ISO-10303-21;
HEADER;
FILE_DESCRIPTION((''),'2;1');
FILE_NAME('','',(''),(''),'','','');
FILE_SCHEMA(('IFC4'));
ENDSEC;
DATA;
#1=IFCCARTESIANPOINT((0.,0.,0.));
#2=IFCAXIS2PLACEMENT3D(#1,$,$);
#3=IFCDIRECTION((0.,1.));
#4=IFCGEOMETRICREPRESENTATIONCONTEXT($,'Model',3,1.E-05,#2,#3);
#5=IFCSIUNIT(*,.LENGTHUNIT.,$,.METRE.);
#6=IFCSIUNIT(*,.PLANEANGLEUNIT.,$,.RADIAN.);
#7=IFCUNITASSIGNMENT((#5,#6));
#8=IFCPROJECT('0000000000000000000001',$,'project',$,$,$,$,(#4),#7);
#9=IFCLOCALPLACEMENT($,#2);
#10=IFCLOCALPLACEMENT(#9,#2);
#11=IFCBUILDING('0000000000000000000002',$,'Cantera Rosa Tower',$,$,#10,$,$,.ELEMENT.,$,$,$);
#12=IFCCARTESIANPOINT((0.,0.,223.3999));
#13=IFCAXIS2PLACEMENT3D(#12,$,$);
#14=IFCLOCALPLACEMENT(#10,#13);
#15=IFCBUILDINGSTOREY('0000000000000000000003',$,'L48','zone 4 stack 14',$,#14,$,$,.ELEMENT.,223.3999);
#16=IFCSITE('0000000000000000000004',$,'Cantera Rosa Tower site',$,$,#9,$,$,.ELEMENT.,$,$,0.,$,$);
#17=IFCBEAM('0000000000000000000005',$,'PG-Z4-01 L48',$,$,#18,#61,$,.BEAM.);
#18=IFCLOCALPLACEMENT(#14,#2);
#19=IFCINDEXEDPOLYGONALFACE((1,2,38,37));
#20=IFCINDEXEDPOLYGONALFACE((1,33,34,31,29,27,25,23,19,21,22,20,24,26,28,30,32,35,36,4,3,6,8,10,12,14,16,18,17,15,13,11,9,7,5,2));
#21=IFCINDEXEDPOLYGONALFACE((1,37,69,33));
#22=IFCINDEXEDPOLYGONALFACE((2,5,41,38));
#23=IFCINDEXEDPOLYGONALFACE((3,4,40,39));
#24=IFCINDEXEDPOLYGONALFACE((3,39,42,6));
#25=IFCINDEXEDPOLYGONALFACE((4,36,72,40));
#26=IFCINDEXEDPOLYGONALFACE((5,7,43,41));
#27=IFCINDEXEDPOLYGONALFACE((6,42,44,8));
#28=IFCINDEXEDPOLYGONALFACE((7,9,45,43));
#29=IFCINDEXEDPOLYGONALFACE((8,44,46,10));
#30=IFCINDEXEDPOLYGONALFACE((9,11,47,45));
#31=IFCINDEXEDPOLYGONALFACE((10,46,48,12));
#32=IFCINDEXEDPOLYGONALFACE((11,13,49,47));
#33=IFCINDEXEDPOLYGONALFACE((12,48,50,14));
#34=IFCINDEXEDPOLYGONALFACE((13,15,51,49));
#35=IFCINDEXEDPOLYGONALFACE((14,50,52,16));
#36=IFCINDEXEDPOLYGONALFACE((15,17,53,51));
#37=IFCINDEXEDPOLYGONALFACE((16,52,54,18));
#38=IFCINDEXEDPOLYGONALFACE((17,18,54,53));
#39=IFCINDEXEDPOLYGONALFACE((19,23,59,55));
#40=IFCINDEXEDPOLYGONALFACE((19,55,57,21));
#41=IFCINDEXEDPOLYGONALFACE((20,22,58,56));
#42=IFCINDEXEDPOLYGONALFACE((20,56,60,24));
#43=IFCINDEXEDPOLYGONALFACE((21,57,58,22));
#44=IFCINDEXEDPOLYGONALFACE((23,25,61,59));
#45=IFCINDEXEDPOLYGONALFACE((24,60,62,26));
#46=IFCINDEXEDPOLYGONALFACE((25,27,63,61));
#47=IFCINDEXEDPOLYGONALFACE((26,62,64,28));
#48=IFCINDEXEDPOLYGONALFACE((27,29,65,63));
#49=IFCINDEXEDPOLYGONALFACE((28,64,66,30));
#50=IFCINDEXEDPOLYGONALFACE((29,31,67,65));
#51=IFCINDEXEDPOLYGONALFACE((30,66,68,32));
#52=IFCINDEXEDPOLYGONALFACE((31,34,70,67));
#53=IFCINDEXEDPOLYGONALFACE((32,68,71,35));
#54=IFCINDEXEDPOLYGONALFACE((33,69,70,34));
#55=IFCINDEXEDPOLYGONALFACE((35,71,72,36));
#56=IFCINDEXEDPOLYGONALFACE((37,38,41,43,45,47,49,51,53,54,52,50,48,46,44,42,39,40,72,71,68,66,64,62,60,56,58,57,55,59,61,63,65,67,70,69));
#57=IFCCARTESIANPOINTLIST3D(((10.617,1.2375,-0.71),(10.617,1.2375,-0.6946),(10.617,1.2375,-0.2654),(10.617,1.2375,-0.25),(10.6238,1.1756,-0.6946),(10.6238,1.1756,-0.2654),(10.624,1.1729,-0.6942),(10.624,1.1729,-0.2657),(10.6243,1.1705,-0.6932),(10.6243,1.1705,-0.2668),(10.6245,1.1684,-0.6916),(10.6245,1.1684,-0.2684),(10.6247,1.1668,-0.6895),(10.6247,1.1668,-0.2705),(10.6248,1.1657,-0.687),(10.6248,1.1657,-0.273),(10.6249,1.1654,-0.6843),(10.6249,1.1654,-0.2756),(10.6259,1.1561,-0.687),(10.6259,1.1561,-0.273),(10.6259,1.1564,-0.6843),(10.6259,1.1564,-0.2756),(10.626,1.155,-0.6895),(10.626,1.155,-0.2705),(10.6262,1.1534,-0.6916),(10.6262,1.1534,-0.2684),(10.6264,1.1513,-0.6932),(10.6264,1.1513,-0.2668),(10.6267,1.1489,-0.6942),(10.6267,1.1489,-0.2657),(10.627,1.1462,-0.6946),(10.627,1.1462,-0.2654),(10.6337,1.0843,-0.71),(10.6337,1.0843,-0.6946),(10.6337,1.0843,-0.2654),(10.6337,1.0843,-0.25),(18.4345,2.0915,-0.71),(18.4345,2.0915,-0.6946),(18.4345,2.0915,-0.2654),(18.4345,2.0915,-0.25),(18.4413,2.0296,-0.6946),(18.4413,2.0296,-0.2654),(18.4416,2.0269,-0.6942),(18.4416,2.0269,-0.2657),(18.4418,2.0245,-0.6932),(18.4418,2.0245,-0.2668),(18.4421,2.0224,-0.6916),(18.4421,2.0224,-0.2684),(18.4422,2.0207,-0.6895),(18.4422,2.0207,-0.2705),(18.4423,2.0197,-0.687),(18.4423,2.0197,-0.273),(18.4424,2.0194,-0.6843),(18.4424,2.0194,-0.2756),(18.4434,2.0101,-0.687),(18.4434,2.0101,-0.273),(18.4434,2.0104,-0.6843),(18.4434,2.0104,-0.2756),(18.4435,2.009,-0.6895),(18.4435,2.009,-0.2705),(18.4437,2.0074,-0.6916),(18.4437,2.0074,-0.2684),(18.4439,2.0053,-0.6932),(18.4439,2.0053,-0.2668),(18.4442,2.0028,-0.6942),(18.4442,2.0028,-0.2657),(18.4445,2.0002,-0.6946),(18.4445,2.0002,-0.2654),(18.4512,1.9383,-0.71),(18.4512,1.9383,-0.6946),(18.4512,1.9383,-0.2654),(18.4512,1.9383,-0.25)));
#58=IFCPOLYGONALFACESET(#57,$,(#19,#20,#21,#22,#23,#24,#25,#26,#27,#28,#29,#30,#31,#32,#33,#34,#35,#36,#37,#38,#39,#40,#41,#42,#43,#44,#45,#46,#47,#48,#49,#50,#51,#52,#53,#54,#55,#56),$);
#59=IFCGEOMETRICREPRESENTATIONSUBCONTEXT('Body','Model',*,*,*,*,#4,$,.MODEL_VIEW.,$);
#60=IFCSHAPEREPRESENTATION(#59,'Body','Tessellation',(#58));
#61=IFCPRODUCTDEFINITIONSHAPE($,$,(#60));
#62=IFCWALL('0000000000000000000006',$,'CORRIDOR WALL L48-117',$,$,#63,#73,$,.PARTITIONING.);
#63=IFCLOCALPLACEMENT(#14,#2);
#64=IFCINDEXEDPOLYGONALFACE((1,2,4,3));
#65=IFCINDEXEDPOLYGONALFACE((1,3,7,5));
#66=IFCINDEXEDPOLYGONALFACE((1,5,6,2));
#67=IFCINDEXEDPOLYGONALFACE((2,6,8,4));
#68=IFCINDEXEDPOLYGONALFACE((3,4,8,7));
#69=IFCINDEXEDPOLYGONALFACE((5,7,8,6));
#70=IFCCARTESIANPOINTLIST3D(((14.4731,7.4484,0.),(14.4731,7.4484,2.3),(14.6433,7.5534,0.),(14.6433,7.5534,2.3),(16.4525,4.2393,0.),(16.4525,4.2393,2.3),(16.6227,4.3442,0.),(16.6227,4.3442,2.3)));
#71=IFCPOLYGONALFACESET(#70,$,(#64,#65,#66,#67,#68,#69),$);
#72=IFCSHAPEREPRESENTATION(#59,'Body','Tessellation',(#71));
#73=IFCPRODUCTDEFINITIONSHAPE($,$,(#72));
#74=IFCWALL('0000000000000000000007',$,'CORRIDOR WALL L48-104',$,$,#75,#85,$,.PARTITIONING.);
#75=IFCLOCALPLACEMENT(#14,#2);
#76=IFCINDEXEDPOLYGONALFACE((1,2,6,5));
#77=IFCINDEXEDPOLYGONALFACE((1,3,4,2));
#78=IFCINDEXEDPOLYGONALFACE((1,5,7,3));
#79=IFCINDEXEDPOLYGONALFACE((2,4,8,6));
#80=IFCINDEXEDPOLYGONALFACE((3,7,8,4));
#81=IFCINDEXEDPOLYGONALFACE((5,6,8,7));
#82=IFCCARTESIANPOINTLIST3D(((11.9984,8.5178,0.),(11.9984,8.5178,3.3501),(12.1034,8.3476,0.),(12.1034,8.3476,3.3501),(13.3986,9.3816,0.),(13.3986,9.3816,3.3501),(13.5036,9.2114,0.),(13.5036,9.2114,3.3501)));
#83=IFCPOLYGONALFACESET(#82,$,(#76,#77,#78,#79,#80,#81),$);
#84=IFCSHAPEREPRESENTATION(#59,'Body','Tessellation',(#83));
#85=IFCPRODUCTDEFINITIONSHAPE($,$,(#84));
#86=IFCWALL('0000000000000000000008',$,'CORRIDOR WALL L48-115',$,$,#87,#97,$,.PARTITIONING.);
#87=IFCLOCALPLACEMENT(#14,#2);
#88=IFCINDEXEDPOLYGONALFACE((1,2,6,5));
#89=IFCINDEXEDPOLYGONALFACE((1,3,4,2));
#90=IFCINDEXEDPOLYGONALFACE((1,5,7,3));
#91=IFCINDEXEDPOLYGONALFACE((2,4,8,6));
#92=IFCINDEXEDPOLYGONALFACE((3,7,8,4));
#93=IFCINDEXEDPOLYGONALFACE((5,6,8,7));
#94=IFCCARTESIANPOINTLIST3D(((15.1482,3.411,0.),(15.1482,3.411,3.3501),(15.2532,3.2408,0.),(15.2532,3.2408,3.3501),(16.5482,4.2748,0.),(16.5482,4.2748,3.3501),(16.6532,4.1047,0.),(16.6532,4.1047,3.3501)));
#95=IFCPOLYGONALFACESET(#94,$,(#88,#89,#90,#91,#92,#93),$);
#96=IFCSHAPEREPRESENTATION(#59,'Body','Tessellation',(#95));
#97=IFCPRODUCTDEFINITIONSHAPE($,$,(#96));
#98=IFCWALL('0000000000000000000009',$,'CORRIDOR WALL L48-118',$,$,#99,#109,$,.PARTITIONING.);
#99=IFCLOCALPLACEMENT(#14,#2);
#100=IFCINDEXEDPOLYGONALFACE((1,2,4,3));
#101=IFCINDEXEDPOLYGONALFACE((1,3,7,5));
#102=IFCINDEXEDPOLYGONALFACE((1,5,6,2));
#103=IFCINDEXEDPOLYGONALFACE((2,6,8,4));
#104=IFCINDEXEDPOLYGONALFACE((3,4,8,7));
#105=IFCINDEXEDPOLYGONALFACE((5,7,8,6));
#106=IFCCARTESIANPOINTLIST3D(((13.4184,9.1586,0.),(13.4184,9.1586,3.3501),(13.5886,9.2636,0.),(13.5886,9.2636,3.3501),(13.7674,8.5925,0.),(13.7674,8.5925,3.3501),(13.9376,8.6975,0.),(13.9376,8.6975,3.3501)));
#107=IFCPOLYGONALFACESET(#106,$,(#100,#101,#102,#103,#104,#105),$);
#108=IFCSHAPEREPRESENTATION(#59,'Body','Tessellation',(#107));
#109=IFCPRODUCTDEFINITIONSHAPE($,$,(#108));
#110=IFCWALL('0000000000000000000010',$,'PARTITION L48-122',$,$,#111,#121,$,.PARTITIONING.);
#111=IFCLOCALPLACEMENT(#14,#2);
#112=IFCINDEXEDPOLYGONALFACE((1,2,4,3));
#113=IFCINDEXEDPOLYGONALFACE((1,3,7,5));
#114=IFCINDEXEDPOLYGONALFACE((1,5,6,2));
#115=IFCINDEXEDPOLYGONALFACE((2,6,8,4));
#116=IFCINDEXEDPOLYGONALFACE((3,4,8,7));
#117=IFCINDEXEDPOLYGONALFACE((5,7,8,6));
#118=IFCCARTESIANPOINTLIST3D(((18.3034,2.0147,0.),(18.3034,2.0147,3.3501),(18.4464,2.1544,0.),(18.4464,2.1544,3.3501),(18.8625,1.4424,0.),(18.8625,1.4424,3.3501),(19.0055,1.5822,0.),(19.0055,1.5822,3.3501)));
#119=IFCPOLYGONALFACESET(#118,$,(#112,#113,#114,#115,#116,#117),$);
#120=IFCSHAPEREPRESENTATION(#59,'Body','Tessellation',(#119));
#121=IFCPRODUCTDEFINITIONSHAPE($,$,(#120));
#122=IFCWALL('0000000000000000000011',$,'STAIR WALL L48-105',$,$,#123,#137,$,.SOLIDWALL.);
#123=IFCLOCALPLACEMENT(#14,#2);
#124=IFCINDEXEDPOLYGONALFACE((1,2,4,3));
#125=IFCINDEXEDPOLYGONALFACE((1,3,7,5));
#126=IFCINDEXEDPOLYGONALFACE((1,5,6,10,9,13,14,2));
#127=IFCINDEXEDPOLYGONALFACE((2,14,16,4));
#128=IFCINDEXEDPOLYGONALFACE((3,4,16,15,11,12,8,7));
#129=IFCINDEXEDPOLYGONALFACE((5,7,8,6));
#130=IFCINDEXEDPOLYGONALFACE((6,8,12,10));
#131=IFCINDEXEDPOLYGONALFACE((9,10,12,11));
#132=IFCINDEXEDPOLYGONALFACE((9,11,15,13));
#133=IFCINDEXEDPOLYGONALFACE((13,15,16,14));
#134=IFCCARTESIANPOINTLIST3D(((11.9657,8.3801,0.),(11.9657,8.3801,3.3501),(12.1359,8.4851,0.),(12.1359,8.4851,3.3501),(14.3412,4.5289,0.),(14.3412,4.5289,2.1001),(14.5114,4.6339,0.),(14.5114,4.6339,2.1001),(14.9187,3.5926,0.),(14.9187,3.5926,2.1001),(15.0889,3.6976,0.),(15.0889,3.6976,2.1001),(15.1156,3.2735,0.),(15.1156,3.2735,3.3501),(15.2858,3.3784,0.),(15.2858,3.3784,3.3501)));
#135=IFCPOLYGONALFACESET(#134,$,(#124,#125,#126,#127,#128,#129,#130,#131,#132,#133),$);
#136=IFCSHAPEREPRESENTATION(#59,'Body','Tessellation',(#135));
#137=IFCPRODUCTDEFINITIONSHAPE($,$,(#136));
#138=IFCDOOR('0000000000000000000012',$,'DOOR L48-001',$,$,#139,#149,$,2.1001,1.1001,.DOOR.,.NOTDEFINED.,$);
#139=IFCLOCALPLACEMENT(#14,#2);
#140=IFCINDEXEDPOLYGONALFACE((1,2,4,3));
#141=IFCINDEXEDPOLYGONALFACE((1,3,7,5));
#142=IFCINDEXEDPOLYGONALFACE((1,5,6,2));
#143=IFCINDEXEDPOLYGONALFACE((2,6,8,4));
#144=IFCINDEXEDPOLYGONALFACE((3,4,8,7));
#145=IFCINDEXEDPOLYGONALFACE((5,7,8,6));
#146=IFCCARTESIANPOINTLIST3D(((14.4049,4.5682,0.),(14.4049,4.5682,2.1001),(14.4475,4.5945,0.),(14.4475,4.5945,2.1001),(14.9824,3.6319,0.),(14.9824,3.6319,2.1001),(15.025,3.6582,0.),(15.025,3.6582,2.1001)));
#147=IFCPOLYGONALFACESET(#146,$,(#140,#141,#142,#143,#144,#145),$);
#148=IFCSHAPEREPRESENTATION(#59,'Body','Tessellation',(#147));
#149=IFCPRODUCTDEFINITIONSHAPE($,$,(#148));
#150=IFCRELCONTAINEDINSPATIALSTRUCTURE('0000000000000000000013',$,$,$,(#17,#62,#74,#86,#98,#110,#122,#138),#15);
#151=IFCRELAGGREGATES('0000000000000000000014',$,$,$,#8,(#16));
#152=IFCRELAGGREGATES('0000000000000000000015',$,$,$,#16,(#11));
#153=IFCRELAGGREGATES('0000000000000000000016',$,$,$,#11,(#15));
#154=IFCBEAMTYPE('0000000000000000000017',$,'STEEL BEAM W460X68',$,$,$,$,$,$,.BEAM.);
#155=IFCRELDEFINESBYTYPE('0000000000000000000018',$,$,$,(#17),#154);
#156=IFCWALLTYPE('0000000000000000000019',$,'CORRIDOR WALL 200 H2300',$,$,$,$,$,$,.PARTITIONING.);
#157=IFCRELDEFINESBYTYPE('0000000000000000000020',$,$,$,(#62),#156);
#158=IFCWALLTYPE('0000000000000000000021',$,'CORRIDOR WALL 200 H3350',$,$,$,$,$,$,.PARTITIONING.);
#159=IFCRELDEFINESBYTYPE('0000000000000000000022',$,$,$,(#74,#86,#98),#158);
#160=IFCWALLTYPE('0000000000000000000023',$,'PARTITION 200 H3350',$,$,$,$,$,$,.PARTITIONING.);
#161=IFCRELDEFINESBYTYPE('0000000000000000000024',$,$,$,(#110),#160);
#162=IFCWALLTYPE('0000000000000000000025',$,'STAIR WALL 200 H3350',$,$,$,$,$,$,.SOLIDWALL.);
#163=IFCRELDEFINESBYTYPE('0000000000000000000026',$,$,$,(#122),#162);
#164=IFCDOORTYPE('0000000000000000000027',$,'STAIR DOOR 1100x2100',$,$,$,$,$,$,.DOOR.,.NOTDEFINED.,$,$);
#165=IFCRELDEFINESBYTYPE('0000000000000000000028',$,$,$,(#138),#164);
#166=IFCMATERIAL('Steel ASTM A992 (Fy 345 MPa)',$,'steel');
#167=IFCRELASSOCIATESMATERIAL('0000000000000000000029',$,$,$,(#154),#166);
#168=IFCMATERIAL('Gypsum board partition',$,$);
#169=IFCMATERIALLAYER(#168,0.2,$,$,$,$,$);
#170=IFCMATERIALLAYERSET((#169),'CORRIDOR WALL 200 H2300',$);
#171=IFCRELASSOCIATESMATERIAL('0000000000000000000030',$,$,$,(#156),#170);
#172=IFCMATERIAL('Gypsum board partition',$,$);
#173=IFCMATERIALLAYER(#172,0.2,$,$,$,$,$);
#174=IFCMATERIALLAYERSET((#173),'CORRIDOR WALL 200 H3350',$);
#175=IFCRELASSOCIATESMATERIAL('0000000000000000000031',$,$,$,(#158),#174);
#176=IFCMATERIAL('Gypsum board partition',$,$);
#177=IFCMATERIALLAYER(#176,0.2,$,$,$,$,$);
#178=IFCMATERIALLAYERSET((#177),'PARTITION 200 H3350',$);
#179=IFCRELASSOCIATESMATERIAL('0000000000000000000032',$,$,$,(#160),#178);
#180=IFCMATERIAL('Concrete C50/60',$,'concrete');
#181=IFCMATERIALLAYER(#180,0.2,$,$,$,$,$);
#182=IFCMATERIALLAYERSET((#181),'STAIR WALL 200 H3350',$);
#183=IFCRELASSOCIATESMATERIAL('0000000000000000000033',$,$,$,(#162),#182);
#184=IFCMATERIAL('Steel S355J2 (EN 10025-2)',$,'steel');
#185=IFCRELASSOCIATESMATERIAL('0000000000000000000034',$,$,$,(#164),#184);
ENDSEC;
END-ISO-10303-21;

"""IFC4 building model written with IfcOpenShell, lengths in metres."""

from ifc_helpers import new_model, si_unit, direction, frame, frame_2d, origin, origin_2d, place, context, subcontext, project, spatial, rectangle, i_section, extrude, material, layer, layer_set, material_profile, profile_set, type_object, element, fill, save


model = new_model("IFC4")

# Units and contexts
model_context = context("Model", 3, precision=1e-05, world=origin(), true_north=direction((0.0, 1.0)))
body_context = subcontext(model_context, "Body", "Model", "MODEL_VIEW")
ifc_project = project(units=[si_unit("LENGTHUNIT", "METRE"), si_unit("PLANEANGLEUNIT", "RADIAN")], contexts=[model_context])

# Site, building, storey
site_placement = place(None, origin())
site = spatial("IfcSite", under=ifc_project, at=site_placement, Name="Cantera Rosa Tower site", CompositionType="ELEMENT", RefElevation=0.0)
building_placement = place(site_placement, origin())
building = spatial("IfcBuilding", under=site, at=building_placement, Name="Cantera Rosa Tower", CompositionType="ELEMENT")
storey_placement = place(building_placement, frame((0.0, 0.0, 223.3999)))
storey = spatial("IfcBuildingStorey", under=building, at=storey_placement, Name="L48", Description="zone 4 stack 14", CompositionType="ELEMENT", Elevation=223.3999)

# Beam
ifc_material_1 = material(Name="Steel ASTM A992 (Fy 345 MPa)", Category="steel")
ifc_material_profile = material_profile(ifc_material_1, i_section(OverallWidth=0.1541, OverallDepth=0.46, WebThickness=0.009, FlangeThickness=0.0154, FilletRadius=0.0103, at=origin_2d()), Name="W460X68")
ifc_profile_set = profile_set([ifc_material_profile], Name="Steel ASTM A992 (Fy 345 MPa)")
beam_type = type_object("IfcBeamType", Name="STEEL BEAM W460X68", PredefinedType="BEAM", material=ifc_profile_set)
beam_placement = place(storey_placement, frame((18.4429, 2.0149, -0.48), z_axis=(-0.994086, -0.108595, 0.0), x_axis=(0.108595, -0.994086, 0.0)))
element("IfcBeam", 1, at=beam_placement, inside=storey, type_object=beam_type, Name="PG-Z4-01 L48", PredefinedType="BEAM", context=body_context, shape_type="SweptSolid", body=[
    extrude(i_section(OverallWidth=0.1541, OverallDepth=0.46, WebThickness=0.009, FlangeThickness=0.0154, FilletRadius=0.0103, at=origin_2d()), origin(), (0.0, 0.0, 1.0), 7.864),
])

# Walls
ifc_material_2 = material(Name="Gypsum board partition")
ifc_layer_1 = layer(ifc_material_2, 0.2)
ifc_layer_set_1 = layer_set([ifc_layer_1], Name="CORRIDOR WALL 200 H2300")
wall_type_1 = type_object("IfcWallType", Name="CORRIDOR WALL 200 H2300", PredefinedType="PARTITIONING", material=ifc_layer_set_1)
wall_1_placement = place(storey_placement, frame((16.5376, 4.2917, 0.0), z_axis=(0.0, 0.0, 1.0), x_axis=(-0.524979, 0.851115, 0.0)))
element("IfcWall", 2, at=wall_1_placement, inside=storey, type_object=wall_type_1, Name="CORRIDOR WALL L48-117", PredefinedType="PARTITIONING", context=body_context, shape_type="SweptSolid", body=[
    extrude(rectangle(XDim=3.7705, YDim=0.2, at=frame_2d((1.8853, 0.0))), origin(), (0.0, 0.0, 1.0), 2.3),
])
ifc_material_3 = material(Name="Gypsum board partition")
ifc_layer_2 = layer(ifc_material_3, 0.2)
ifc_layer_set_2 = layer_set([ifc_layer_2], Name="CORRIDOR WALL 200 H3350")
wall_type_2 = type_object("IfcWallType", Name="CORRIDOR WALL 200 H3350", PredefinedType="PARTITIONING", material=ifc_layer_set_2)
wall_2_placement = place(storey_placement, frame((12.0508, 8.4326, 0.0), z_axis=(0.0, 0.0, 1.0), x_axis=(0.851077, 0.525041, 0.0)))
element("IfcWall", 3, at=wall_2_placement, inside=storey, type_object=wall_type_2, Name="CORRIDOR WALL L48-104", PredefinedType="PARTITIONING", context=body_context, shape_type="SweptSolid", body=[
    extrude(rectangle(XDim=1.6453, YDim=0.2, at=frame_2d((0.8228, 0.0))), origin(), (0.0, 0.0, 1.0), 3.3501),
])
wall_3_placement = place(storey_placement, frame((15.2007, 3.3259, 0.0), z_axis=(0.0, 0.0, 1.0), x_axis=(0.851036, 0.525107, 0.0)))
element("IfcWall", 4, at=wall_3_placement, inside=storey, type_object=wall_type_2, Name="CORRIDOR WALL L48-115", PredefinedType="PARTITIONING", context=body_context, shape_type="SweptSolid", body=[
    extrude(rectangle(XDim=1.645, YDim=0.2, at=frame_2d((0.8225, 0.0))), origin(), (0.0, 0.0, 1.0), 3.3501),
])
wall_4_placement = place(storey_placement, frame((13.8525, 8.645, 0.0), z_axis=(0.0, 0.0, 1.0), x_axis=(-0.524875, 0.851179, 0.0)))
element("IfcWall", 5, at=wall_4_placement, inside=storey, type_object=wall_type_2, Name="CORRIDOR WALL L48-118", PredefinedType="PARTITIONING", context=body_context, shape_type="SweptSolid", body=[
    extrude(rectangle(XDim=0.665, YDim=0.2, at=frame_2d((0.3325, 0.0))), origin(), (0.0, 0.0, 1.0), 3.3501),
])
ifc_material_4 = material(Name="Gypsum board partition")
ifc_layer_3 = layer(ifc_material_4, 0.2)
ifc_layer_set_3 = layer_set([ifc_layer_3], Name="PARTITION 200 H3350")
wall_type_3 = type_object("IfcWallType", Name="PARTITION 200 H3350", PredefinedType="PARTITIONING", material=ifc_layer_set_3)
wall_5_placement = place(storey_placement, frame((18.375, 2.0845, 0.0), z_axis=(0.0, 0.0, 1.0), x_axis=(0.698819, -0.715298, 0.0)))
element("IfcWall", 6, at=wall_5_placement, inside=storey, type_object=wall_type_3, Name="PARTITION L48-122", PredefinedType="PARTITIONING", context=body_context, shape_type="SweptSolid", body=[
    extrude(rectangle(XDim=0.8, YDim=0.2, at=frame_2d((0.3999, 0.0))), origin(), (0.0, 0.0, 1.0), 3.3501),
])

# Wall, opening, door
ifc_material_5 = material(Name="Concrete C50/60", Category="concrete")
ifc_layer_4 = layer(ifc_material_5, 0.2)
ifc_layer_set_4 = layer_set([ifc_layer_4], Name="STAIR WALL 200 H3350")
wall_type_4 = type_object("IfcWallType", Name="STAIR WALL 200 H3350", PredefinedType="SOLIDWALL", material=ifc_layer_set_4)
wall_6_placement = place(storey_placement, frame((12.0508, 8.4326, 0.0), z_axis=(0.0, 0.0, 1.0), x_axis=(0.524983, -0.851113, 0.0)))
wall_6 = element("IfcWall", 7, at=wall_6_placement, inside=storey, type_object=wall_type_4, Name="STAIR WALL L48-105", PredefinedType="SOLIDWALL", context=body_context, shape_type="SweptSolid", body=[
    extrude(rectangle(XDim=6.0, YDim=0.2, at=frame_2d((3.0, 0.0))), origin(), (0.0, 0.0, 1.0), 3.3501),
])
opening_placement = place(wall_6_placement, frame((4.5249, 0.0, 0.0)))
opening = element("IfcOpeningElement", 8, at=opening_placement, cuts=wall_6, PredefinedType="OPENING", context=body_context, shape_type="SweptSolid", body=[
    extrude(rectangle(XDim=1.1001, YDim=2.1001, at=frame_2d((0.55, 1.05))), frame((0.0, 0.1099, 0.0), z_axis=(0.0, -1.0, 0.0), x_axis=(1.0, 0.0, 0.0)), (0.0, 0.0, 1.0), 0.22),
])
ifc_material_6 = material(Name="Steel S355J2 (EN 10025-2)", Category="steel")
door_type = type_object("IfcDoorType", Name="STAIR DOOR 1100x2100", OperationType="NOTDEFINED", PredefinedType="DOOR", material=ifc_material_6)
door_placement = place(opening_placement, origin())
door = element("IfcDoor", 9, at=door_placement, inside=storey, type_object=door_type, Name="DOOR L48-001", OperationType="NOTDEFINED", OverallHeight=2.1001, OverallWidth=1.1001, PredefinedType="DOOR", context=body_context, shape_type="SweptSolid", body=[
    extrude(rectangle(XDim=1.1001, YDim=2.1001, at=frame_2d((0.55, 1.05))), frame((0.0, 0.0249, 0.0), z_axis=(0.0, -1.0, 0.0), x_axis=(1.0, 0.0, 0.0)), (0.0, 0.0, 1.0), 0.05),
])
fill(opening, door)

save(model, "model.ifc")
